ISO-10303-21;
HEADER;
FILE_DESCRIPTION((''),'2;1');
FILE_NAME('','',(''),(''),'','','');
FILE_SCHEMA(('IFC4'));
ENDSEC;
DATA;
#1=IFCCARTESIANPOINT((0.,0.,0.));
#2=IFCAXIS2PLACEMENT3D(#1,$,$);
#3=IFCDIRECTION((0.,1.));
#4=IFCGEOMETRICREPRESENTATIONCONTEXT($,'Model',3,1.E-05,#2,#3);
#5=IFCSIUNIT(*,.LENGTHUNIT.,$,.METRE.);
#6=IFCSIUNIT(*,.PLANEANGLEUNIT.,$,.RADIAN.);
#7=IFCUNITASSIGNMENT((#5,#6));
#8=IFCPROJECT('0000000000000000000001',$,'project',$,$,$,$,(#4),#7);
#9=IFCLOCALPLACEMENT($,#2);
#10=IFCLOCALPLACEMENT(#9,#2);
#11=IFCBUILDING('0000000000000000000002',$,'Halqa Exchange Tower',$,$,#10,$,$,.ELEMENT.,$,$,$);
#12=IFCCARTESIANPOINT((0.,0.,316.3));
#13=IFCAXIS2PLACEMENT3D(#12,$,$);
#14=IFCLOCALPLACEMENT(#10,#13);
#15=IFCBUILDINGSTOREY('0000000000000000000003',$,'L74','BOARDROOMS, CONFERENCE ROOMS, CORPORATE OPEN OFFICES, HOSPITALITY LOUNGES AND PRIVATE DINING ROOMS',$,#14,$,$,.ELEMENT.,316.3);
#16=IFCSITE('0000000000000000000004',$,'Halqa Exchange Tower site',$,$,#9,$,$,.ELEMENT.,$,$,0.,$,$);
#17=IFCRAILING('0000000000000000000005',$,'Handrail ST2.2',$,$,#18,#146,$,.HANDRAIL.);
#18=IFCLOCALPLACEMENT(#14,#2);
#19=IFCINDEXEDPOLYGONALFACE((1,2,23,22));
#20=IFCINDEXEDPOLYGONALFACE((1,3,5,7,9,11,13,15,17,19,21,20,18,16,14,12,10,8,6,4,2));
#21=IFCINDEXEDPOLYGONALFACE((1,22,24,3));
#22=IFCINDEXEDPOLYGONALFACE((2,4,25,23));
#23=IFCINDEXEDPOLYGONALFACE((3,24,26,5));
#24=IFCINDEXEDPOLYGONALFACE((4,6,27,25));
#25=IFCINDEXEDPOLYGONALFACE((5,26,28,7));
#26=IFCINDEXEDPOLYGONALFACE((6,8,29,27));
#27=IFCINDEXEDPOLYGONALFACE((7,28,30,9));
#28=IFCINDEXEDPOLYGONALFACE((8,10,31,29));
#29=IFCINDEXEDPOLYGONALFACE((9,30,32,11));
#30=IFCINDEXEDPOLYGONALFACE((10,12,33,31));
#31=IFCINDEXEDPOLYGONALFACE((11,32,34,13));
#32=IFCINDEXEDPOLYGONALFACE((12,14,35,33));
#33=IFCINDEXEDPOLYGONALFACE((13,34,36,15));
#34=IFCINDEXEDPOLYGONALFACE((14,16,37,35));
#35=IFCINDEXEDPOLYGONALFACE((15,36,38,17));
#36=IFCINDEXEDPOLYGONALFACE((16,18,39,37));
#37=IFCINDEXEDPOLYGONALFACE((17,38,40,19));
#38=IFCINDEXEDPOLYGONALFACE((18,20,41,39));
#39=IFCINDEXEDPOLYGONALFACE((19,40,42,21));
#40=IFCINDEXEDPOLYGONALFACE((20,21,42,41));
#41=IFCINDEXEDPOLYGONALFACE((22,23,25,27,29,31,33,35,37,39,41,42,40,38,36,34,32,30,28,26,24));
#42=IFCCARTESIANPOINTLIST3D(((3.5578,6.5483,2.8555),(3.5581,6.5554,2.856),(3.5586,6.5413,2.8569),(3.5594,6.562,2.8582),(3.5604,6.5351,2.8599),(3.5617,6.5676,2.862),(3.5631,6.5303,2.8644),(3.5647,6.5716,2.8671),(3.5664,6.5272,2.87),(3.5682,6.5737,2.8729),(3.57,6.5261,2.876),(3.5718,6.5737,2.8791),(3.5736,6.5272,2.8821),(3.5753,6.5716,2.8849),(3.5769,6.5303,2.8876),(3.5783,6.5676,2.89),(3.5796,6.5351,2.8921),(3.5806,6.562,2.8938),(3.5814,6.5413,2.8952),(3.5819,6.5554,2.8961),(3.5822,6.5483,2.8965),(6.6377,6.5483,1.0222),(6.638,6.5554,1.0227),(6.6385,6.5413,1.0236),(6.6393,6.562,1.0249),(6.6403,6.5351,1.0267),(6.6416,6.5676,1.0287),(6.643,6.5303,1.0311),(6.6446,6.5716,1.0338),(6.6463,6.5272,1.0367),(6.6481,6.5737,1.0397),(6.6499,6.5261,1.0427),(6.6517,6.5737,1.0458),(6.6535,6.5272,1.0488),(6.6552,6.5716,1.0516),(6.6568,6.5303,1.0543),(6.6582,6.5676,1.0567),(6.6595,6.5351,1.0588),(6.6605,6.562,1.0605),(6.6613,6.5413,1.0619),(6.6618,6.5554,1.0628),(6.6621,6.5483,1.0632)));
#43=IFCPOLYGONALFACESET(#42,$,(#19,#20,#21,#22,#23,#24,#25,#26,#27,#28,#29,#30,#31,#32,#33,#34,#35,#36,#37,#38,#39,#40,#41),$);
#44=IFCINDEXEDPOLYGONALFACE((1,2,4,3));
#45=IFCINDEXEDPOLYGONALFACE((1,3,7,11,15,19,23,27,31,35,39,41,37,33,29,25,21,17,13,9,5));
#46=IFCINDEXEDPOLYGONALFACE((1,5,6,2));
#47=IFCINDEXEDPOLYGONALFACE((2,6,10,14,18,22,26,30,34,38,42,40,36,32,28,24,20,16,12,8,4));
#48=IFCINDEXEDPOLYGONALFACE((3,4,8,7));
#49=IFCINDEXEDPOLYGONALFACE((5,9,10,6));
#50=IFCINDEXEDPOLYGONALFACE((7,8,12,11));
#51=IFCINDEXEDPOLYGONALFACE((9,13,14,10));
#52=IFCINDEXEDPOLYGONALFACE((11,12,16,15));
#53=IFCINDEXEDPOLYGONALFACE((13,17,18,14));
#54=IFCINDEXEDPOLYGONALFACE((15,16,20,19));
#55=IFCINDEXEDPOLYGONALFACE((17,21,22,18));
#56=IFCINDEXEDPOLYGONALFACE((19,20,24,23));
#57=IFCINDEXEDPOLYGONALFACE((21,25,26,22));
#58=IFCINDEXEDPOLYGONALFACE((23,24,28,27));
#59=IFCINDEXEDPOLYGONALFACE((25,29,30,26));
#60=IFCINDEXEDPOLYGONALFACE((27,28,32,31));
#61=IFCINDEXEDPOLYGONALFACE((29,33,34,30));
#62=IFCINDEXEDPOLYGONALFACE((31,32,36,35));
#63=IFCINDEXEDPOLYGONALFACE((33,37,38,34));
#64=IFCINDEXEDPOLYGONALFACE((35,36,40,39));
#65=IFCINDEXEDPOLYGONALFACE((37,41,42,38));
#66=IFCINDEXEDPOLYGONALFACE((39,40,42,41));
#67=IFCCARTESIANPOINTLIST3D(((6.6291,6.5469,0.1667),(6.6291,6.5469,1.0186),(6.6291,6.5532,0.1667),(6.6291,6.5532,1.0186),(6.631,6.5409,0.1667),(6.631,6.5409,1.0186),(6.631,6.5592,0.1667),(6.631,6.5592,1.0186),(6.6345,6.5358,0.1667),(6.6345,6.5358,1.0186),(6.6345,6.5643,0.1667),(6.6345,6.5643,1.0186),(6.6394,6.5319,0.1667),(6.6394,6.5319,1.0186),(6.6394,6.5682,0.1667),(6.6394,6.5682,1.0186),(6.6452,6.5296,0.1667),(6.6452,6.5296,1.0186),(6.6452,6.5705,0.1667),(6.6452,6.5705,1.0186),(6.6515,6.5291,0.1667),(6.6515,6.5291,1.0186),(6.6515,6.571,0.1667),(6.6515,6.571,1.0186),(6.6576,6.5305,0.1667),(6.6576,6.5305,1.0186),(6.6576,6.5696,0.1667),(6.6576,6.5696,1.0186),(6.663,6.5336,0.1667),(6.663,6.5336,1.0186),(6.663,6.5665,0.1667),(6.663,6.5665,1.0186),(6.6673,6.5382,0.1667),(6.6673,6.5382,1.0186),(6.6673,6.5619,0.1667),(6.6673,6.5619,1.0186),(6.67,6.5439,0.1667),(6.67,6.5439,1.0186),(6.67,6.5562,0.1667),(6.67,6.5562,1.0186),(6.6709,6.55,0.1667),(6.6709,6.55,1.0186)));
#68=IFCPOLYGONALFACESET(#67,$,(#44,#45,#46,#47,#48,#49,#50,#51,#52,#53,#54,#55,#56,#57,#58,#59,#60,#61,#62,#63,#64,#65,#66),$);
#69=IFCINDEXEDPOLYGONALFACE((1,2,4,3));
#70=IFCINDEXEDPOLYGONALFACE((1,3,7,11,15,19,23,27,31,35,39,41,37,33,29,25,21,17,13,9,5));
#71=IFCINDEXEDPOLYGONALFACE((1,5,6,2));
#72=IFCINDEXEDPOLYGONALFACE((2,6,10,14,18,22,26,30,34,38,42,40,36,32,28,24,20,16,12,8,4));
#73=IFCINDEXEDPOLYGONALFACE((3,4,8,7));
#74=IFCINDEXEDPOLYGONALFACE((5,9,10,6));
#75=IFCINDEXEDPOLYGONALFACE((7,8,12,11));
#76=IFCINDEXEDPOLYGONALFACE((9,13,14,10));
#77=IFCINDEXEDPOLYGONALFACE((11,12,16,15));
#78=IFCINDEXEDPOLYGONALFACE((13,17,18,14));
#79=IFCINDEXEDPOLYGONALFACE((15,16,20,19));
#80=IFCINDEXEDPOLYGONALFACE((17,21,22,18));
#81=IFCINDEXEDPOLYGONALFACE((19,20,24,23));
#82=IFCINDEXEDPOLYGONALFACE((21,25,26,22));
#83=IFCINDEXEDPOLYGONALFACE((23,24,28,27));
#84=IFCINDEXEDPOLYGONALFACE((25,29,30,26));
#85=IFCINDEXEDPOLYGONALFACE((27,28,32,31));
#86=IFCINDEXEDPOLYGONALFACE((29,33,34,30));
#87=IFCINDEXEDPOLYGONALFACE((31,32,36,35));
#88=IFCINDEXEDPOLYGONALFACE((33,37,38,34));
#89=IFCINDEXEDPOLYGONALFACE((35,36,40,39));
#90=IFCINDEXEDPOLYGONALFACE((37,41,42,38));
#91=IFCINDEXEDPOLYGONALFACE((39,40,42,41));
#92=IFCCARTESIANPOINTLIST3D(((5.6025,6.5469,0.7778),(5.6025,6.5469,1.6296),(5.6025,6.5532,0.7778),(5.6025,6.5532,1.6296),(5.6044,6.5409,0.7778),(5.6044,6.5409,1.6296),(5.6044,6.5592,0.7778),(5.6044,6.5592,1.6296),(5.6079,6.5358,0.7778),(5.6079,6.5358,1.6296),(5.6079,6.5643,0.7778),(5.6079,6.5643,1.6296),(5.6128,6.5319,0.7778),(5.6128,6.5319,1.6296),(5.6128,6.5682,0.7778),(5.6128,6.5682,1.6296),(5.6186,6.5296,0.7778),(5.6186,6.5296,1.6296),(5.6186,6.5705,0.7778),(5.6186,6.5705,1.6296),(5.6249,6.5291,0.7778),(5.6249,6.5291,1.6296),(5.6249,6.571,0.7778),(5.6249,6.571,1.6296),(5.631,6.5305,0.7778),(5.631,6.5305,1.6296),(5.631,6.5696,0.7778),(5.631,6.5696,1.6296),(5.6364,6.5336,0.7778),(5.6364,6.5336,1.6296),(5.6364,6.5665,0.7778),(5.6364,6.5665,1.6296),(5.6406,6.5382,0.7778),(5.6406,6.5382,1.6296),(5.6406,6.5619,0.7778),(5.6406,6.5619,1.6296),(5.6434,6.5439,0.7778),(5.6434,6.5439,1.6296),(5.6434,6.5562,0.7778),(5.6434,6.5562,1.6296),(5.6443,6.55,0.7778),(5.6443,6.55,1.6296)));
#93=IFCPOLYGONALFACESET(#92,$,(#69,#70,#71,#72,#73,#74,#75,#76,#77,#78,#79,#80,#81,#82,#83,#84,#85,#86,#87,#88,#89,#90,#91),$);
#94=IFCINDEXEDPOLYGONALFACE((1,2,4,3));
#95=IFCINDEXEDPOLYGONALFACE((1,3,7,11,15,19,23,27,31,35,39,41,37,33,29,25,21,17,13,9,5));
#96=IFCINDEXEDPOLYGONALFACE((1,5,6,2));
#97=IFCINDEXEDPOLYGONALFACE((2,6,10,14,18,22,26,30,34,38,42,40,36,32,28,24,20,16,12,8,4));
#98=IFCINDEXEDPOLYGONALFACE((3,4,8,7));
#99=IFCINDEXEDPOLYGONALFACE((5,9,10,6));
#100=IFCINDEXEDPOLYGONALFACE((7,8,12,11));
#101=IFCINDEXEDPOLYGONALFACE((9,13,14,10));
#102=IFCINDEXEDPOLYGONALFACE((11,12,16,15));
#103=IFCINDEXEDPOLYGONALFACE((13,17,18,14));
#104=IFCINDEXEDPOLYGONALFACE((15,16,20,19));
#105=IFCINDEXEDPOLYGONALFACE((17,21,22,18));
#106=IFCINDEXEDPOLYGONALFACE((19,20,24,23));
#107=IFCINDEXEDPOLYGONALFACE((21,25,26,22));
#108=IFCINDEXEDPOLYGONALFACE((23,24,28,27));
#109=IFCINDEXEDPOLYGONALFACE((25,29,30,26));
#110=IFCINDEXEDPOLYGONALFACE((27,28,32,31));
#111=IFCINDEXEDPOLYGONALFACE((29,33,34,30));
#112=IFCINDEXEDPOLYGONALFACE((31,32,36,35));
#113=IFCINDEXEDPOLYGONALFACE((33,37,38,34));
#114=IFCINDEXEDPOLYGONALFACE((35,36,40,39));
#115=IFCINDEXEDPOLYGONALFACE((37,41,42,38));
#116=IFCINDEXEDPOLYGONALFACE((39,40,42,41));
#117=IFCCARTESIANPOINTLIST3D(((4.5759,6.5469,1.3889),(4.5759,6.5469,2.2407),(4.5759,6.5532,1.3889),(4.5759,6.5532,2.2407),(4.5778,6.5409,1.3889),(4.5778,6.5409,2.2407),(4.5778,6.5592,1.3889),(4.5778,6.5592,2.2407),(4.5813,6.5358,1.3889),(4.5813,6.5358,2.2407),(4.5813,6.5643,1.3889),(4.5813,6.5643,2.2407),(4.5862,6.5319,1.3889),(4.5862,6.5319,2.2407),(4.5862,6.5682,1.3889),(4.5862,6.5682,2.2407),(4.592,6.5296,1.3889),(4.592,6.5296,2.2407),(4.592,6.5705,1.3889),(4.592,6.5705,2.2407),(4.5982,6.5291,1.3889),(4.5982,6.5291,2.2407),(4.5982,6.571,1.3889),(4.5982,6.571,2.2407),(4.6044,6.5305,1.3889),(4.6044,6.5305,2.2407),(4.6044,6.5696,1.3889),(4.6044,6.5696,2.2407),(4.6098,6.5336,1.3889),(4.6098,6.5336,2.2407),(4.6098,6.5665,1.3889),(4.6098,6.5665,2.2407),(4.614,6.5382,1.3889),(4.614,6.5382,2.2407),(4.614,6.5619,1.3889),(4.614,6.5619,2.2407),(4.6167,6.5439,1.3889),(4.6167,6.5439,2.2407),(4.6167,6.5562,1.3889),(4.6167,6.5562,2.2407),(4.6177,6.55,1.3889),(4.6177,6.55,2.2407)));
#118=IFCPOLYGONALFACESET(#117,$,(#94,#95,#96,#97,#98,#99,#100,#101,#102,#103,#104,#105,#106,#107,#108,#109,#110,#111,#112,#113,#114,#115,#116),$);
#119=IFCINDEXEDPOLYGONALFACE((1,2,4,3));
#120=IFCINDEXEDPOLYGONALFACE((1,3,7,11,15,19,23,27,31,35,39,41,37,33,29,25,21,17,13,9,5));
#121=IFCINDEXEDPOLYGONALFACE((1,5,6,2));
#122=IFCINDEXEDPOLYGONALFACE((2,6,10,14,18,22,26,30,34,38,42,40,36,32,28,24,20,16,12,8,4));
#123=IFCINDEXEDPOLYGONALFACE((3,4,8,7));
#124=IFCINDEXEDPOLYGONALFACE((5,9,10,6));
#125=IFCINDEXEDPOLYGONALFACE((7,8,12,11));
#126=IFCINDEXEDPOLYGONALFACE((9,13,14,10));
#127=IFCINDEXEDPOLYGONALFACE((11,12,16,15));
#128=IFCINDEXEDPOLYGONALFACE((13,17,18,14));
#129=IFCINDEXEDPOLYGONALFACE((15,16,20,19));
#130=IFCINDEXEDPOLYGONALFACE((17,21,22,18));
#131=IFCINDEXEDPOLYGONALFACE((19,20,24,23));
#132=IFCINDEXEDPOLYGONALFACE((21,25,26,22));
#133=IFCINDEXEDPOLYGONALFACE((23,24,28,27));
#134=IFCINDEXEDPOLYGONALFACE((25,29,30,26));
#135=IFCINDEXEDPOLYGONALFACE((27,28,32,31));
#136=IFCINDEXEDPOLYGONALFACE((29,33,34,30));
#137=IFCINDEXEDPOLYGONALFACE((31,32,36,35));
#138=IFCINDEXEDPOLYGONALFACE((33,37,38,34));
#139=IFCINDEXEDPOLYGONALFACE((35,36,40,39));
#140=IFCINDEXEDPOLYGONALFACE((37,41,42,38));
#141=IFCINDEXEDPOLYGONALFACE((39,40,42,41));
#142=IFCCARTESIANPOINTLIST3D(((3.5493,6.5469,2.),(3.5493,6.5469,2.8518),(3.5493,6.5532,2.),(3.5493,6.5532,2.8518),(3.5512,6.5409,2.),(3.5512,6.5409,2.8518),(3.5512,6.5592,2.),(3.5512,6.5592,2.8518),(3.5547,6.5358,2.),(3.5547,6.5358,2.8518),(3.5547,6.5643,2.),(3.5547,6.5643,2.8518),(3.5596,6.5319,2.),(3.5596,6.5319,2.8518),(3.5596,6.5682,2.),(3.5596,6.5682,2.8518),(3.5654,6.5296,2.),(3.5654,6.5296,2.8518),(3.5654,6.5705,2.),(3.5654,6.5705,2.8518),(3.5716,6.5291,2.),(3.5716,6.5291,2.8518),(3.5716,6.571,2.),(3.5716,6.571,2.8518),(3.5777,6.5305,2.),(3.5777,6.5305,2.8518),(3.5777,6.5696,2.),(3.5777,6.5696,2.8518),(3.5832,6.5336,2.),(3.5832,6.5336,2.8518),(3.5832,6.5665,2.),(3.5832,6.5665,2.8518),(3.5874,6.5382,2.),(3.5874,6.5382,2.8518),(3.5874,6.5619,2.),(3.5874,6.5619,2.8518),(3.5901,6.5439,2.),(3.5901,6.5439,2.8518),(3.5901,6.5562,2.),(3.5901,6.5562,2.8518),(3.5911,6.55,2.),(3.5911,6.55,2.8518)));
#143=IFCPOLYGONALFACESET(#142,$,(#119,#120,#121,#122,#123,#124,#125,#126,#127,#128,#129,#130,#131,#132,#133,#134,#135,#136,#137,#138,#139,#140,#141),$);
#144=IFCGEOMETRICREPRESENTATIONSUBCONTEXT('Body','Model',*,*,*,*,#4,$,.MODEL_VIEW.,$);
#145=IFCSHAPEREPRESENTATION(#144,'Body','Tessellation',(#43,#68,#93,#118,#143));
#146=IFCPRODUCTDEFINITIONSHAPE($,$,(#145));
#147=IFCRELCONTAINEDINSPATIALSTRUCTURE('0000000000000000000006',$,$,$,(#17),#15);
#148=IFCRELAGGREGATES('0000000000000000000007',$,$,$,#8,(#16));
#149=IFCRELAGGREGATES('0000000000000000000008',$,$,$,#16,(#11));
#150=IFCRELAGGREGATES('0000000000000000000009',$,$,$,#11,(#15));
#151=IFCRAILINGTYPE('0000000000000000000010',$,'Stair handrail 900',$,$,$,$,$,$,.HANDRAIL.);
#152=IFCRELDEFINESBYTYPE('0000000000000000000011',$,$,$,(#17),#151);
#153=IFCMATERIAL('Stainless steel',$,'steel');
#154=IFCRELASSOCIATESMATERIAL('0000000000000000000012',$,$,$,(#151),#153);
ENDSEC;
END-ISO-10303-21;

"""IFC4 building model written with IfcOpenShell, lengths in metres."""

from ifc_helpers import new_model, si_unit, direction, frame, origin, origin_2d, place, context, subcontext, project, spatial, circle, extrude, material, type_object, element, save


model = new_model("IFC4")

# Units and contexts
model_context = context("Model", 3, precision=1e-05, world=origin(), true_north=direction((0.0, 1.0)))
body_context = subcontext(model_context, "Body", "Model", "MODEL_VIEW")
ifc_project = project(units=[si_unit("LENGTHUNIT", "METRE"), si_unit("PLANEANGLEUNIT", "RADIAN")], contexts=[model_context])

# Site, building, storey
site_placement = place(None, origin())
site = spatial("IfcSite", under=ifc_project, at=site_placement, Name="Halqa Exchange Tower site", CompositionType="ELEMENT", RefElevation=0.0)
building_placement = place(site_placement, origin())
building = spatial("IfcBuilding", under=site, at=building_placement, Name="Halqa Exchange Tower", CompositionType="ELEMENT")
storey_placement = place(building_placement, frame((0.0, 0.0, 316.3)))
storey = spatial("IfcBuildingStorey", under=building, at=storey_placement, Name="L74", Description="BOARDROOMS, CONFERENCE ROOMS, CORPORATE OPEN OFFICES, HOSPITALITY LOUNGES AND PRIVATE DINING ROOMS", CompositionType="ELEMENT", Elevation=316.3)

# Railing
ifc_material_1 = material(Name="Stainless steel", Category="steel")
railing_type_1 = type_object("IfcRailingType", Name="Stair handrail 900", PredefinedType="HANDRAIL", material=ifc_material_1)
railing_1_placement = place(storey_placement, frame((6.6499, 6.55, 0.1667)))
element("IfcRailing", 1, at=railing_1_placement, inside=storey, type_object=railing_type_1, Name="Handrail ST2.2", PredefinedType="HANDRAIL", context=body_context, shape_type="SweptSolid", body=[
    extrude(circle(Radius=0.0239, at=origin_2d()), frame((0.0, 0.0, 0.876), z_axis=(-0.859291, 0.0, 0.511487), x_axis=(0.0, -1.0, 0.0)), (0.0, 0.0, 1.0), 3.5842),
    extrude(circle(Radius=0.021, at=origin_2d()), origin(), (0.0, 0.0, 1.0), 0.8518),
    extrude(circle(Radius=0.021, at=origin_2d()), frame((-1.0266, 0.0, 0.6111)), (0.0, 0.0, 1.0), 0.8518),
    extrude(circle(Radius=0.021, at=origin_2d()), frame((-2.0532, 0.0, 1.2222)), (0.0, 0.0, 1.0), 0.8518),
    extrude(circle(Radius=0.021, at=origin_2d()), frame((-3.0798, 0.0, 1.8333)), (0.0, 0.0, 1.0), 0.8518),
])

save(model, "model.ifc")
